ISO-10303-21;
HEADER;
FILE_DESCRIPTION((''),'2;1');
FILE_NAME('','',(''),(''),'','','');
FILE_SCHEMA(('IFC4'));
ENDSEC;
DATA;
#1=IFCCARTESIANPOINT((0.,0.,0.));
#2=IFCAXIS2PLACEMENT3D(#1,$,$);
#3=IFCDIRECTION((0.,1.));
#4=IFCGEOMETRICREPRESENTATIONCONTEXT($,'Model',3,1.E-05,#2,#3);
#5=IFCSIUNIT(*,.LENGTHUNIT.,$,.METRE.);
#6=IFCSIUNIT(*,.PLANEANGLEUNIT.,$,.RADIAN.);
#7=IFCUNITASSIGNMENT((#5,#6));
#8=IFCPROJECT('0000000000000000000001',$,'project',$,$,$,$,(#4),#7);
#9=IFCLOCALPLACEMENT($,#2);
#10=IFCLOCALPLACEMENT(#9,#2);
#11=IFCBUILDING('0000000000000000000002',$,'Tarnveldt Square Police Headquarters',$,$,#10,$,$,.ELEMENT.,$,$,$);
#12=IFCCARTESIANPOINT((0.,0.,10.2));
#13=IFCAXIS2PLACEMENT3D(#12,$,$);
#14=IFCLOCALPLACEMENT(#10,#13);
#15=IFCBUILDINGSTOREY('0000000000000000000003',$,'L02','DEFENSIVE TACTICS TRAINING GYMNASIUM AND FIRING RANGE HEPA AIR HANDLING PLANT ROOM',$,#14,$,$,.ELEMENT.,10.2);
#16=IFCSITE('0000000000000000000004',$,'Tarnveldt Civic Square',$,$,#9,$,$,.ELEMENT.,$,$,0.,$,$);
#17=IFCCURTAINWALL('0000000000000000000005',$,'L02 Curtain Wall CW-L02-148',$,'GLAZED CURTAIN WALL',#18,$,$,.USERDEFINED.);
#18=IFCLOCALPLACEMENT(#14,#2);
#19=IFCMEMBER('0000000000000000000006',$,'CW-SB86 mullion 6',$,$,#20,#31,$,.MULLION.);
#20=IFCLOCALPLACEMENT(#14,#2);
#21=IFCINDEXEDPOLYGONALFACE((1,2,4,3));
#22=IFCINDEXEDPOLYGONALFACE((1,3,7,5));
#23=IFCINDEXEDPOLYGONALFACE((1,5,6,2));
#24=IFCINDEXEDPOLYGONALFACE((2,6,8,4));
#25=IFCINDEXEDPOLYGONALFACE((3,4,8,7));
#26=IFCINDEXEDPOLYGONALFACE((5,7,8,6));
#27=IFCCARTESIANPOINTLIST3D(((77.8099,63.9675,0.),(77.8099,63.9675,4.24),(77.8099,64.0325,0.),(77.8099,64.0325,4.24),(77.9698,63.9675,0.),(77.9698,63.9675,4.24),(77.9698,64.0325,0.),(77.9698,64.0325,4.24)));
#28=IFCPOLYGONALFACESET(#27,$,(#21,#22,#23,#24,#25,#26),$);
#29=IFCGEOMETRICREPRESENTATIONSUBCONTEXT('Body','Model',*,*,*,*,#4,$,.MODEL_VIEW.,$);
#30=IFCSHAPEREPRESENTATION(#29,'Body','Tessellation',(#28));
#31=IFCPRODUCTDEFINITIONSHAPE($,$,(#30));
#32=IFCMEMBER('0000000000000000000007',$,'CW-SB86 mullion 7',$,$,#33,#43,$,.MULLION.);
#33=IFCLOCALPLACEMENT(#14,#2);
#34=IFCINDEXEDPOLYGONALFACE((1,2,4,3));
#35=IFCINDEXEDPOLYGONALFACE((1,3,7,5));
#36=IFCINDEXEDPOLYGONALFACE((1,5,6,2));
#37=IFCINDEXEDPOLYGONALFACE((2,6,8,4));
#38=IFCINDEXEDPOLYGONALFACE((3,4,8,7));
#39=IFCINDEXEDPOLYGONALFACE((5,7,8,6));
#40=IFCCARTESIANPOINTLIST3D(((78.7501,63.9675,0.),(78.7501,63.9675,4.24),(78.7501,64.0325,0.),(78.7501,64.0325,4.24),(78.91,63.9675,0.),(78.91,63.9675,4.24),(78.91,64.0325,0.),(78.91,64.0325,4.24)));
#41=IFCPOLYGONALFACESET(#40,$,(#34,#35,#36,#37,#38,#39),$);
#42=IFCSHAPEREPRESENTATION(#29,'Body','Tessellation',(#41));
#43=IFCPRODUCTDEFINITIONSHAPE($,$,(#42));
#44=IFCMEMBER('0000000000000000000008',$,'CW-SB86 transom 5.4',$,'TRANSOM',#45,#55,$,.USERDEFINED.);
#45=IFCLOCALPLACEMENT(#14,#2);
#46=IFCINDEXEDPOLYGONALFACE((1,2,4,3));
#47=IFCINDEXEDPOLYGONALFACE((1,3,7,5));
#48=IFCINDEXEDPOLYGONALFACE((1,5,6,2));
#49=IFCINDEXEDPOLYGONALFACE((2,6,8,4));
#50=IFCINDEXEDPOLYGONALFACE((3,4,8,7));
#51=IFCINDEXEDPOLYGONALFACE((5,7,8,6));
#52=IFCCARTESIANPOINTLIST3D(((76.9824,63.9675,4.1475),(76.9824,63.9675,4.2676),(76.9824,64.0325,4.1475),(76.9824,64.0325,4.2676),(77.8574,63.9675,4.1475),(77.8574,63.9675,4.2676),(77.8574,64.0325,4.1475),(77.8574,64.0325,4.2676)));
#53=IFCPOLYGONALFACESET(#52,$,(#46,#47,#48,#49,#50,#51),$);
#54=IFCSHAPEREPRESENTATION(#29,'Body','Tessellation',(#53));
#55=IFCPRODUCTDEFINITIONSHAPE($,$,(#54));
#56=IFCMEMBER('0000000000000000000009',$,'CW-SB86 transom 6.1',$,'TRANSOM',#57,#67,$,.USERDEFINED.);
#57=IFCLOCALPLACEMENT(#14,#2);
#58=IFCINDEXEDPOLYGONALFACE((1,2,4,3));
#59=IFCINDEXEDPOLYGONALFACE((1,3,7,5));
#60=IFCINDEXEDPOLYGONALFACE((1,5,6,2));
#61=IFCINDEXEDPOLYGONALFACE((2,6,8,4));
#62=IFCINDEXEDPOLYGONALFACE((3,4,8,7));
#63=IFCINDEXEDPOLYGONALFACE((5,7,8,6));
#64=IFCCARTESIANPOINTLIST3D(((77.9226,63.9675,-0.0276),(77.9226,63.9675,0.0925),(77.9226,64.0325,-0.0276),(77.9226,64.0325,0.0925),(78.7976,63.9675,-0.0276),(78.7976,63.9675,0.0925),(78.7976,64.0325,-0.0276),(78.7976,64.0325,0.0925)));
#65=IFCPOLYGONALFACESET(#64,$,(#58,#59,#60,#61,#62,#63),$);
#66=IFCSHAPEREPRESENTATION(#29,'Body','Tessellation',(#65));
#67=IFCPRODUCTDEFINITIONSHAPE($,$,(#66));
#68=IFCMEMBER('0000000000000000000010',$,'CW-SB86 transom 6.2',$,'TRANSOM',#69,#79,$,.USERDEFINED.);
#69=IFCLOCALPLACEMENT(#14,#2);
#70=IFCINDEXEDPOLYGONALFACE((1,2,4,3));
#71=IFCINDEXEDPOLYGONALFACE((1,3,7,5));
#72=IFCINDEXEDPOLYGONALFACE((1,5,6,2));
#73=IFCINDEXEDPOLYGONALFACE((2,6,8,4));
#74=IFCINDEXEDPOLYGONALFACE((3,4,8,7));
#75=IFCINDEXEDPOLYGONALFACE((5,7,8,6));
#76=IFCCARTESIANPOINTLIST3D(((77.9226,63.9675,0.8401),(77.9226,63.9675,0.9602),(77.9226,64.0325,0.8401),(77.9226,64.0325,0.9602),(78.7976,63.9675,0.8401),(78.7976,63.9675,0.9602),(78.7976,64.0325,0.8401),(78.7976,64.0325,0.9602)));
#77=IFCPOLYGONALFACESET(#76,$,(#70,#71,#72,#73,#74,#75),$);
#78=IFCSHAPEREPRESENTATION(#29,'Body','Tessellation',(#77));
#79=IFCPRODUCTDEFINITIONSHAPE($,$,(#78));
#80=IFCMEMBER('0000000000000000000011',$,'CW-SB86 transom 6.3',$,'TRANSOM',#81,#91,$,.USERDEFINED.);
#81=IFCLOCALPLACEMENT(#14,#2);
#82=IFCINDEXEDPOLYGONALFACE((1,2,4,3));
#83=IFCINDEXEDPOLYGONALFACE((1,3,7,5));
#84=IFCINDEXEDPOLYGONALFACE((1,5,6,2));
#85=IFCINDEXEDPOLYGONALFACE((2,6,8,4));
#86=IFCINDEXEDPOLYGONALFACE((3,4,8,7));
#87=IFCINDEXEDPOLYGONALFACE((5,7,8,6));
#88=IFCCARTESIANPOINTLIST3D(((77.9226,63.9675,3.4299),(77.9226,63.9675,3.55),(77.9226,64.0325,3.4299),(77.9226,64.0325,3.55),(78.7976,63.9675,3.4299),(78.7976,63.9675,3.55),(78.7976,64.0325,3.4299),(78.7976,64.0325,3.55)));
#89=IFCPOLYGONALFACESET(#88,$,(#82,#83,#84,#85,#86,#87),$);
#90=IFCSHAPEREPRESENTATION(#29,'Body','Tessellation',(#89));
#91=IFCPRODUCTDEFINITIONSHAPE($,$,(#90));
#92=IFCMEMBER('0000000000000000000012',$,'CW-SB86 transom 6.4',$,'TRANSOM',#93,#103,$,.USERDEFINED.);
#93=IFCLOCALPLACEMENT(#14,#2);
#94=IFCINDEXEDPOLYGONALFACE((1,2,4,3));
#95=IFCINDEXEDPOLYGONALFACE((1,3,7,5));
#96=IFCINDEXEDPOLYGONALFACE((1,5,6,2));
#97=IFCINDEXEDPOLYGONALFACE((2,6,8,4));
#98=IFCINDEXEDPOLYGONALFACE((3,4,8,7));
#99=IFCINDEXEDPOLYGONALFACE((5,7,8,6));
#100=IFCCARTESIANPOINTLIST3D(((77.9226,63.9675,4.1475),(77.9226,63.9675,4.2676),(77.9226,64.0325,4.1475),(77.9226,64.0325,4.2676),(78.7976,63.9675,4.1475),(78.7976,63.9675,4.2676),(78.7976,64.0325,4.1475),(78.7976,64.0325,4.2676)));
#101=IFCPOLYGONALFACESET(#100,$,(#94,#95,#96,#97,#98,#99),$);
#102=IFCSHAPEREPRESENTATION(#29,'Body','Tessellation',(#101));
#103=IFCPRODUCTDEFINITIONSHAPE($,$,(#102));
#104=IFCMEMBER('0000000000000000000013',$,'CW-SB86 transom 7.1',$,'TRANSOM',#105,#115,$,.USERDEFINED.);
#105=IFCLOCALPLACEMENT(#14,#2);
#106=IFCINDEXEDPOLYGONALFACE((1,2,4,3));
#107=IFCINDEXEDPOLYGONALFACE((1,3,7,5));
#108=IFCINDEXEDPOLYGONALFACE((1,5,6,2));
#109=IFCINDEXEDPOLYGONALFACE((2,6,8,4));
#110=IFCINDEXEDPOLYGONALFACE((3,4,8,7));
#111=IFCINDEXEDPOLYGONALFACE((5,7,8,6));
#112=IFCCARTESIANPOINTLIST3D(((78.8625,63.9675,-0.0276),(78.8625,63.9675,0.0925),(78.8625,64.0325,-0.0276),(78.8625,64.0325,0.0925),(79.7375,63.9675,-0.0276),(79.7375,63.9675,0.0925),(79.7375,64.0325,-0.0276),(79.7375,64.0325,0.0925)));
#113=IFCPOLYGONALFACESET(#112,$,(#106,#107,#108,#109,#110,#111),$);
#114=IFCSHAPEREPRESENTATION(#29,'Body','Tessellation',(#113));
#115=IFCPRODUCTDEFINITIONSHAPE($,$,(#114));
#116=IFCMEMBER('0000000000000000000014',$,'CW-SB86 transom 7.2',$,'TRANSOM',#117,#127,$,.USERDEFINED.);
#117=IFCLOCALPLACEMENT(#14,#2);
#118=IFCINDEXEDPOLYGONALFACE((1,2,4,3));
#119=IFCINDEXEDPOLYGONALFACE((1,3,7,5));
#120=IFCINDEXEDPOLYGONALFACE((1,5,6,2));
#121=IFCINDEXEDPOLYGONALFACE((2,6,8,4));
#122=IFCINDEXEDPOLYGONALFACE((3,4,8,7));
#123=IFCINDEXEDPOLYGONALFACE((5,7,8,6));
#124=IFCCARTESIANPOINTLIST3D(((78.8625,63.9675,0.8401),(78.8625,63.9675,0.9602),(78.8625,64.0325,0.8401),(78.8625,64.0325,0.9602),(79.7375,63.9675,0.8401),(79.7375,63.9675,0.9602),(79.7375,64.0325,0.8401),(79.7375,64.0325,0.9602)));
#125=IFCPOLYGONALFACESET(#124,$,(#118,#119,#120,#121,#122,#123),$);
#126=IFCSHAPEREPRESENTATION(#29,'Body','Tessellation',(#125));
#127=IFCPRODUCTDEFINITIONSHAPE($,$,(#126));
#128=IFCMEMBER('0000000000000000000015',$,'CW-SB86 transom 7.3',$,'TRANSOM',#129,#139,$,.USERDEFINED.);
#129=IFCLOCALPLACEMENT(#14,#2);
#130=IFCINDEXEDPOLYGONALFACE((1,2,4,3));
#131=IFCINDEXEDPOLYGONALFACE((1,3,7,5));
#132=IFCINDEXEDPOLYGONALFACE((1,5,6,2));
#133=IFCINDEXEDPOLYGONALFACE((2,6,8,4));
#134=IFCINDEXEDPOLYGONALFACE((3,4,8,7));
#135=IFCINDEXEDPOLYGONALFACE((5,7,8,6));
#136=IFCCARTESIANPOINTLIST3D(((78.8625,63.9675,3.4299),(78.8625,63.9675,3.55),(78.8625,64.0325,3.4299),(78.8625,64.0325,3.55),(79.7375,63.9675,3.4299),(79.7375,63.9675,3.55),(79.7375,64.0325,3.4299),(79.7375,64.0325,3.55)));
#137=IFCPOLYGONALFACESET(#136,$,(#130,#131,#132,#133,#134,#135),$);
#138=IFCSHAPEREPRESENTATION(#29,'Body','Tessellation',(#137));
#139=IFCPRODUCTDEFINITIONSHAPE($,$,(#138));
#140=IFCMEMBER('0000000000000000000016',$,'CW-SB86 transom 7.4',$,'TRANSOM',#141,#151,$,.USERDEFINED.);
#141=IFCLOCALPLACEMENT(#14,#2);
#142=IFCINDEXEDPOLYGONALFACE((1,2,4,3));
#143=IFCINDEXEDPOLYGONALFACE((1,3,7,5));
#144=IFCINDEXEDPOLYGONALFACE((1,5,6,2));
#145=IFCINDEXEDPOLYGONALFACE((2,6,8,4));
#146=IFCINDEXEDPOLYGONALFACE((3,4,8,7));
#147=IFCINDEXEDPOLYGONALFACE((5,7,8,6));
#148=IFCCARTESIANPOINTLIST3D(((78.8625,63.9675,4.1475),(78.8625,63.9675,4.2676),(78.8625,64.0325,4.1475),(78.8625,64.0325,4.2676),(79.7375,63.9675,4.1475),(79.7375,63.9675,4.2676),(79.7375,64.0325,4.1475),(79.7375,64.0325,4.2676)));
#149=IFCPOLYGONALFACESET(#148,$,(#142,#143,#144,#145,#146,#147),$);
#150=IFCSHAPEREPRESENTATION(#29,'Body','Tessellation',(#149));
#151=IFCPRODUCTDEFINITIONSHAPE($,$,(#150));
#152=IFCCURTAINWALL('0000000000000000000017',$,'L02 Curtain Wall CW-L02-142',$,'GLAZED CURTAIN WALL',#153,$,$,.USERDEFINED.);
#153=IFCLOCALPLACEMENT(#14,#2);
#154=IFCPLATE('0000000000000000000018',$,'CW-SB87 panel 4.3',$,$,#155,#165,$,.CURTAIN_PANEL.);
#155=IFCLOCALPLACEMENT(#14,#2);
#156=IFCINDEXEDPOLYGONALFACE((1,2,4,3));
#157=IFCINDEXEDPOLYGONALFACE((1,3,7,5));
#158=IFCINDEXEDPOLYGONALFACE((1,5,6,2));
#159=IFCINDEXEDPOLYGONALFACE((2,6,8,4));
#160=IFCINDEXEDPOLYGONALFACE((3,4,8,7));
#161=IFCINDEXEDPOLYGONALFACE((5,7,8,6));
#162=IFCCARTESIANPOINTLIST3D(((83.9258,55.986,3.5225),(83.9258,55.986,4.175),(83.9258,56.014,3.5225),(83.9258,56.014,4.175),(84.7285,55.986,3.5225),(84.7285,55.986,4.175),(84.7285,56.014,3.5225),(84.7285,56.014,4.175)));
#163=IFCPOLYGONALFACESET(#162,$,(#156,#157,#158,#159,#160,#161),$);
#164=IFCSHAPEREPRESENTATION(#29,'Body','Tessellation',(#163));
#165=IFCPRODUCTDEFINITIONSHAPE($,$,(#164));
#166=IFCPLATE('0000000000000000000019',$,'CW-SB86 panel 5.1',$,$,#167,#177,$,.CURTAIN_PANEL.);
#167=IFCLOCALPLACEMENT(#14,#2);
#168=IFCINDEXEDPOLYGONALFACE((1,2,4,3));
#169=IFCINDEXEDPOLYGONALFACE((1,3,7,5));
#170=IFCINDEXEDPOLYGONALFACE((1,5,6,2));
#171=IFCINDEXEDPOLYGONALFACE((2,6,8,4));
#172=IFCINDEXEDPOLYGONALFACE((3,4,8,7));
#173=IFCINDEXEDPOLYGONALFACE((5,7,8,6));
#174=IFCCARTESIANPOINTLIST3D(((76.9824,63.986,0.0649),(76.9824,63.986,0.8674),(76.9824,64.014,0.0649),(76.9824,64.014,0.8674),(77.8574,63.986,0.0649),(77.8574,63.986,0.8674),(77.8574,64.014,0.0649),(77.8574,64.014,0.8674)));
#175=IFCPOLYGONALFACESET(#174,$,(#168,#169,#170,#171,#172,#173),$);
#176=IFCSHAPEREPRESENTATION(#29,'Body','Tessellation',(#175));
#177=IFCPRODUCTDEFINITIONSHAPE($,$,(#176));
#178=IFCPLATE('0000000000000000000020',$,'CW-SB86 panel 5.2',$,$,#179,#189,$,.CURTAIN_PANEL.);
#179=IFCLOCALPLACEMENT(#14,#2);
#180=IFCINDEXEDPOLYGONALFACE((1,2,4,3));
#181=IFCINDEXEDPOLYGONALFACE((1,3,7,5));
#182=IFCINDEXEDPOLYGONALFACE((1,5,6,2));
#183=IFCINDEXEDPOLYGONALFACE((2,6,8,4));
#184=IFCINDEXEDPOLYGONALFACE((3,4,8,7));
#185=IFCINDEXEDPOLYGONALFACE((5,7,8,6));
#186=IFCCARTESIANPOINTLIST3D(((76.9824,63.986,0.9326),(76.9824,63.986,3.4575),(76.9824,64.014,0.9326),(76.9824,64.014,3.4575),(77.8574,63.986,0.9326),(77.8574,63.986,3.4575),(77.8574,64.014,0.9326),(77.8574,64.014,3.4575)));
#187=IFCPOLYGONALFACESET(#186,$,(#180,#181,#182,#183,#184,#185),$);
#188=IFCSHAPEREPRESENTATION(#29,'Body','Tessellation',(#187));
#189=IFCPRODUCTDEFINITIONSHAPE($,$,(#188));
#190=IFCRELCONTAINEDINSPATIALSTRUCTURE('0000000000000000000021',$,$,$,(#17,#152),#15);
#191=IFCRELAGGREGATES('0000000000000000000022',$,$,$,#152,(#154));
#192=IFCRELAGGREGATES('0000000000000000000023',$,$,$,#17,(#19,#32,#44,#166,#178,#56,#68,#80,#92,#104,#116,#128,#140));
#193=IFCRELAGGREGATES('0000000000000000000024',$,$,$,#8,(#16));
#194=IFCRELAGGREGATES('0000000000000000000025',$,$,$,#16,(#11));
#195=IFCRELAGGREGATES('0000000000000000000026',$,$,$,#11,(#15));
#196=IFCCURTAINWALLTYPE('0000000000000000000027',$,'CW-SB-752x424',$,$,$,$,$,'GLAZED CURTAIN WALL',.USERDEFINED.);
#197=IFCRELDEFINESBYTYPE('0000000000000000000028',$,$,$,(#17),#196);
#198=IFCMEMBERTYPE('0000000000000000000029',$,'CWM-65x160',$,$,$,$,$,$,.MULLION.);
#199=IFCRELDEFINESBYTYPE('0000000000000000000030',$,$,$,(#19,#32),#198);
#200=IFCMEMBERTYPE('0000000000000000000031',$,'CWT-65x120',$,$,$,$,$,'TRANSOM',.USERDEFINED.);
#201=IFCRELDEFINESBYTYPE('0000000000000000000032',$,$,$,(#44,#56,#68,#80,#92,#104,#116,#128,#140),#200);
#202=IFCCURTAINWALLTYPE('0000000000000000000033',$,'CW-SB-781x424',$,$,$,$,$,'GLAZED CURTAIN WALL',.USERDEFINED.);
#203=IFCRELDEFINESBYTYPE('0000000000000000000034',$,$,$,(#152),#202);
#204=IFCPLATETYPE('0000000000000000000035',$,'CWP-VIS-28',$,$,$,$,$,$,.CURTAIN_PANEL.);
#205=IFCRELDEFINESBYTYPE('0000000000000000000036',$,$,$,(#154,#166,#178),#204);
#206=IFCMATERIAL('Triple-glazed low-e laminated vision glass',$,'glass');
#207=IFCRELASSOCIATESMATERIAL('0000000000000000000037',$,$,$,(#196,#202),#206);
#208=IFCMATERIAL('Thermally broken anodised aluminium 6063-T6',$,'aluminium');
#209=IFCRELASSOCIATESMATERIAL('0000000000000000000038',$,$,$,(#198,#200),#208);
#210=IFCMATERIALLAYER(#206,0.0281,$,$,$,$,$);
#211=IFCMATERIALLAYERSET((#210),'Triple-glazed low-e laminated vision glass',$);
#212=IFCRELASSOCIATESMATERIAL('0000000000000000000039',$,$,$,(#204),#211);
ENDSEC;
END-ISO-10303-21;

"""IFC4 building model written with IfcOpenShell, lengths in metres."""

from ifc_helpers import new_model, si_unit, direction, frame, origin, origin_2d, place, context, subcontext, project, spatial, rectangle, extrude, material, layer, layer_set, material_profile, profile_set, type_object, element, aggregate, save


model = new_model("IFC4")

# Units and contexts
model_context = context("Model", 3, precision=1e-05, world=origin(), true_north=direction((0.0, 1.0)))
body_context = subcontext(model_context, "Body", "Model", "MODEL_VIEW")
ifc_project = project(units=[si_unit("LENGTHUNIT", "METRE"), si_unit("PLANEANGLEUNIT", "RADIAN")], contexts=[model_context])

# Site, building, storey
site_placement = place(None, origin())
site = spatial("IfcSite", under=ifc_project, at=site_placement, Name="Tarnveldt Civic Square", CompositionType="ELEMENT", RefElevation=0.0)
building_placement = place(site_placement, origin())
building = spatial("IfcBuilding", under=site, at=building_placement, Name="Tarnveldt Square Police Headquarters", CompositionType="ELEMENT")
storey_placement = place(building_placement, frame((0.0, 0.0, 10.2)))
storey = spatial("IfcBuildingStorey", under=building, at=storey_placement, Name="L02", Description="DEFENSIVE TACTICS TRAINING GYMNASIUM AND FIRING RANGE HEPA AIR HANDLING PLANT ROOM", CompositionType="ELEMENT", Elevation=10.2)

# Curtain wall, members
ifc_material_1 = material(Name="Triple-glazed low-e laminated vision glass", Category="glass")
curtain_wall_type_1 = type_object("IfcCurtainWallType", Name="CW-SB-752x424", ElementType="GLAZED CURTAIN WALL", PredefinedType="USERDEFINED", material=ifc_material_1)
curtain_wall_1_placement = place(storey_placement, origin())
curtain_wall_1 = element("IfcCurtainWall", 1, at=curtain_wall_1_placement, inside=storey, type_object=curtain_wall_type_1, Name="L02 Curtain Wall CW-L02-148", ObjectType="GLAZED CURTAIN WALL", PredefinedType="USERDEFINED")
ifc_material_2 = material(Name="Thermally broken anodised aluminium 6063-T6", Category="aluminium")
ifc_material_profile_1 = material_profile(ifc_material_2, rectangle(XDim=0.0649, YDim=0.1599, at=origin_2d()), Name="CW-M65x160")
ifc_profile_set_1 = profile_set([ifc_material_profile_1], Name="Thermally broken anodised aluminium 6063-T6")
member_type_1 = type_object("IfcMemberType", Name="CWM-65x160", PredefinedType="MULLION", material=ifc_profile_set_1)
member_1_placement = place(storey_placement, frame((77.8899, 64.0, 0.0), z_axis=(0.0, 0.0, 1.0), x_axis=(0.0, 1.0, 0.0)))
member_1 = element("IfcMember", 2, at=member_1_placement, type_object=member_type_1, Name="CW-SB86 mullion 6", PredefinedType="MULLION", context=body_context, shape_type="SweptSolid", body=[
    extrude(rectangle(XDim=0.0649, YDim=0.1599, at=origin_2d()), origin(), (0.0, 0.0, 1.0), 4.24),
])
member_2_placement = place(storey_placement, frame((78.8301, 64.0, 0.0), z_axis=(0.0, 0.0, 1.0), x_axis=(0.0, 1.0, 0.0)))
member_2 = element("IfcMember", 3, at=member_2_placement, type_object=member_type_1, Name="CW-SB86 mullion 7", PredefinedType="MULLION", context=body_context, shape_type="SweptSolid", body=[
    extrude(rectangle(XDim=0.0649, YDim=0.1599, at=origin_2d()), origin(), (0.0, 0.0, 1.0), 4.24),
])
ifc_material_profile_2 = material_profile(ifc_material_2, rectangle(XDim=0.0649, YDim=0.1201, at=origin_2d()), Name="CW-T65x120")
ifc_profile_set_2 = profile_set([ifc_material_profile_2], Name="Thermally broken anodised aluminium 6063-T6")
member_type_2 = type_object("IfcMemberType", Name="CWT-65x120", ElementType="TRANSOM", PredefinedType="USERDEFINED", material=ifc_profile_set_2)
member_3_placement = place(storey_placement, frame((76.9824, 64.0, 4.2075), z_axis=(1.0, 0.0, 0.0), x_axis=(0.0, 1.0, 0.0)))
member_3 = element("IfcMember", 4, at=member_3_placement, type_object=member_type_2, Name="CW-SB86 transom 5.4", ObjectType="TRANSOM", PredefinedType="USERDEFINED", context=body_context, shape_type="SweptSolid", body=[
    extrude(rectangle(XDim=0.0649, YDim=0.1201, at=origin_2d()), origin(), (0.0, 0.0, 1.0), 0.875),
])
member_4_placement = place(storey_placement, frame((77.9226, 64.0, 0.0325), z_axis=(1.0, 0.0, 0.0), x_axis=(0.0, 1.0, 0.0)))
member_4 = element("IfcMember", 5, at=member_4_placement, type_object=member_type_2, Name="CW-SB86 transom 6.1", ObjectType="TRANSOM", PredefinedType="USERDEFINED", context=body_context, shape_type="SweptSolid", body=[
    extrude(rectangle(XDim=0.0649, YDim=0.1201, at=origin_2d()), origin(), (0.0, 0.0, 1.0), 0.875),
])
member_5_placement = place(storey_placement, frame((77.9226, 64.0, 0.9001), z_axis=(1.0, 0.0, 0.0), x_axis=(0.0, 1.0, 0.0)))
member_5 = element("IfcMember", 6, at=member_5_placement, type_object=member_type_2, Name="CW-SB86 transom 6.2", ObjectType="TRANSOM", PredefinedType="USERDEFINED", context=body_context, shape_type="SweptSolid", body=[
    extrude(rectangle(XDim=0.0649, YDim=0.1201, at=origin_2d()), origin(), (0.0, 0.0, 1.0), 0.875),
])
member_6_placement = place(storey_placement, frame((77.9226, 64.0, 3.49), z_axis=(1.0, 0.0, 0.0), x_axis=(0.0, 1.0, 0.0)))
member_6 = element("IfcMember", 7, at=member_6_placement, type_object=member_type_2, Name="CW-SB86 transom 6.3", ObjectType="TRANSOM", PredefinedType="USERDEFINED", context=body_context, shape_type="SweptSolid", body=[
    extrude(rectangle(XDim=0.0649, YDim=0.1201, at=origin_2d()), origin(), (0.0, 0.0, 1.0), 0.875),
])
member_7_placement = place(storey_placement, frame((77.9226, 64.0, 4.2075), z_axis=(1.0, 0.0, 0.0), x_axis=(0.0, 1.0, 0.0)))
member_7 = element("IfcMember", 8, at=member_7_placement, type_object=member_type_2, Name="CW-SB86 transom 6.4", ObjectType="TRANSOM", PredefinedType="USERDEFINED", context=body_context, shape_type="SweptSolid", body=[
    extrude(rectangle(XDim=0.0649, YDim=0.1201, at=origin_2d()), origin(), (0.0, 0.0, 1.0), 0.875),
])
member_8_placement = place(storey_placement, frame((78.8625, 64.0, 0.0325), z_axis=(1.0, 0.0, 0.0), x_axis=(0.0, 1.0, 0.0)))
member_8 = element("IfcMember", 9, at=member_8_placement, type_object=member_type_2, Name="CW-SB86 transom 7.1", ObjectType="TRANSOM", PredefinedType="USERDEFINED", context=body_context, shape_type="SweptSolid", body=[
    extrude(rectangle(XDim=0.0649, YDim=0.1201, at=origin_2d()), origin(), (0.0, 0.0, 1.0), 0.875),
])
member_9_placement = place(storey_placement, frame((78.8625, 64.0, 0.9001), z_axis=(1.0, 0.0, 0.0), x_axis=(0.0, 1.0, 0.0)))
member_9 = element("IfcMember", 10, at=member_9_placement, type_object=member_type_2, Name="CW-SB86 transom 7.2", ObjectType="TRANSOM", PredefinedType="USERDEFINED", context=body_context, shape_type="SweptSolid", body=[
    extrude(rectangle(XDim=0.0649, YDim=0.1201, at=origin_2d()), origin(), (0.0, 0.0, 1.0), 0.875),
])
member_10_placement = place(storey_placement, frame((78.8625, 64.0, 3.49), z_axis=(1.0, 0.0, 0.0), x_axis=(0.0, 1.0, 0.0)))
member_10 = element("IfcMember", 11, at=member_10_placement, type_object=member_type_2, Name="CW-SB86 transom 7.3", ObjectType="TRANSOM", PredefinedType="USERDEFINED", context=body_context, shape_type="SweptSolid", body=[
    extrude(rectangle(XDim=0.0649, YDim=0.1201, at=origin_2d()), origin(), (0.0, 0.0, 1.0), 0.875),
])
member_11_placement = place(storey_placement, frame((78.8625, 64.0, 4.2075), z_axis=(1.0, 0.0, 0.0), x_axis=(0.0, 1.0, 0.0)))
member_11 = element("IfcMember", 12, at=member_11_placement, type_object=member_type_2, Name="CW-SB86 transom 7.4", ObjectType="TRANSOM", PredefinedType="USERDEFINED", context=body_context, shape_type="SweptSolid", body=[
    extrude(rectangle(XDim=0.0649, YDim=0.1201, at=origin_2d()), origin(), (0.0, 0.0, 1.0), 0.875),
])

# Curtain wall, plate
curtain_wall_type_2 = type_object("IfcCurtainWallType", Name="CW-SB-781x424", ElementType="GLAZED CURTAIN WALL", PredefinedType="USERDEFINED", material=ifc_material_1)
curtain_wall_2_placement = place(storey_placement, origin())
curtain_wall_2 = element("IfcCurtainWall", 13, at=curtain_wall_2_placement, inside=storey, type_object=curtain_wall_type_2, Name="L02 Curtain Wall CW-L02-142", ObjectType="GLAZED CURTAIN WALL", PredefinedType="USERDEFINED")
ifc_layer = layer(ifc_material_1, 0.0281)
ifc_layer_set = layer_set([ifc_layer], Name="Triple-glazed low-e laminated vision glass")
plate_type = type_object("IfcPlateType", Name="CWP-VIS-28", PredefinedType="CURTAIN_PANEL", material=ifc_layer_set)
plate_1_placement = place(storey_placement, frame((84.3271, 56.0, 3.5225), z_axis=(0.0, 0.0, 1.0), x_axis=(1.0, 0.0, 0.0)))
plate_1 = element("IfcPlate", 14, at=plate_1_placement, type_object=plate_type, Name="CW-SB87 panel 4.3", PredefinedType="CURTAIN_PANEL", context=body_context, shape_type="SweptSolid", body=[
    extrude(rectangle(XDim=0.8027, YDim=0.0281, at=origin_2d()), origin(), (0.0, 0.0, 1.0), 0.6526),
])
aggregate(curtain_wall_2, [plate_1])

# Plates
plate_2_placement = place(storey_placement, frame((77.4199, 64.0, 0.0649), z_axis=(0.0, 0.0, 1.0), x_axis=(1.0, 0.0, 0.0)))
plate_2 = element("IfcPlate", 15, at=plate_2_placement, type_object=plate_type, Name="CW-SB86 panel 5.1", PredefinedType="CURTAIN_PANEL", context=body_context, shape_type="SweptSolid", body=[
    extrude(rectangle(XDim=0.875, YDim=0.0281, at=origin_2d()), origin(), (0.0, 0.0, 1.0), 0.8025),
])
plate_3_placement = place(storey_placement, frame((77.4199, 64.0, 0.9326), z_axis=(0.0, 0.0, 1.0), x_axis=(1.0, 0.0, 0.0)))
plate_3 = element("IfcPlate", 16, at=plate_3_placement, type_object=plate_type, Name="CW-SB86 panel 5.2", PredefinedType="CURTAIN_PANEL", context=body_context, shape_type="SweptSolid", body=[
    extrude(rectangle(XDim=0.875, YDim=0.0281, at=origin_2d()), origin(), (0.0, 0.0, 1.0), 2.5249),
])
aggregate(curtain_wall_1, [member_1, member_2, member_3, plate_2, plate_3, member_4, member_5, member_6, member_7, member_8, member_9, member_10, member_11])

save(model, "model.ifc")
